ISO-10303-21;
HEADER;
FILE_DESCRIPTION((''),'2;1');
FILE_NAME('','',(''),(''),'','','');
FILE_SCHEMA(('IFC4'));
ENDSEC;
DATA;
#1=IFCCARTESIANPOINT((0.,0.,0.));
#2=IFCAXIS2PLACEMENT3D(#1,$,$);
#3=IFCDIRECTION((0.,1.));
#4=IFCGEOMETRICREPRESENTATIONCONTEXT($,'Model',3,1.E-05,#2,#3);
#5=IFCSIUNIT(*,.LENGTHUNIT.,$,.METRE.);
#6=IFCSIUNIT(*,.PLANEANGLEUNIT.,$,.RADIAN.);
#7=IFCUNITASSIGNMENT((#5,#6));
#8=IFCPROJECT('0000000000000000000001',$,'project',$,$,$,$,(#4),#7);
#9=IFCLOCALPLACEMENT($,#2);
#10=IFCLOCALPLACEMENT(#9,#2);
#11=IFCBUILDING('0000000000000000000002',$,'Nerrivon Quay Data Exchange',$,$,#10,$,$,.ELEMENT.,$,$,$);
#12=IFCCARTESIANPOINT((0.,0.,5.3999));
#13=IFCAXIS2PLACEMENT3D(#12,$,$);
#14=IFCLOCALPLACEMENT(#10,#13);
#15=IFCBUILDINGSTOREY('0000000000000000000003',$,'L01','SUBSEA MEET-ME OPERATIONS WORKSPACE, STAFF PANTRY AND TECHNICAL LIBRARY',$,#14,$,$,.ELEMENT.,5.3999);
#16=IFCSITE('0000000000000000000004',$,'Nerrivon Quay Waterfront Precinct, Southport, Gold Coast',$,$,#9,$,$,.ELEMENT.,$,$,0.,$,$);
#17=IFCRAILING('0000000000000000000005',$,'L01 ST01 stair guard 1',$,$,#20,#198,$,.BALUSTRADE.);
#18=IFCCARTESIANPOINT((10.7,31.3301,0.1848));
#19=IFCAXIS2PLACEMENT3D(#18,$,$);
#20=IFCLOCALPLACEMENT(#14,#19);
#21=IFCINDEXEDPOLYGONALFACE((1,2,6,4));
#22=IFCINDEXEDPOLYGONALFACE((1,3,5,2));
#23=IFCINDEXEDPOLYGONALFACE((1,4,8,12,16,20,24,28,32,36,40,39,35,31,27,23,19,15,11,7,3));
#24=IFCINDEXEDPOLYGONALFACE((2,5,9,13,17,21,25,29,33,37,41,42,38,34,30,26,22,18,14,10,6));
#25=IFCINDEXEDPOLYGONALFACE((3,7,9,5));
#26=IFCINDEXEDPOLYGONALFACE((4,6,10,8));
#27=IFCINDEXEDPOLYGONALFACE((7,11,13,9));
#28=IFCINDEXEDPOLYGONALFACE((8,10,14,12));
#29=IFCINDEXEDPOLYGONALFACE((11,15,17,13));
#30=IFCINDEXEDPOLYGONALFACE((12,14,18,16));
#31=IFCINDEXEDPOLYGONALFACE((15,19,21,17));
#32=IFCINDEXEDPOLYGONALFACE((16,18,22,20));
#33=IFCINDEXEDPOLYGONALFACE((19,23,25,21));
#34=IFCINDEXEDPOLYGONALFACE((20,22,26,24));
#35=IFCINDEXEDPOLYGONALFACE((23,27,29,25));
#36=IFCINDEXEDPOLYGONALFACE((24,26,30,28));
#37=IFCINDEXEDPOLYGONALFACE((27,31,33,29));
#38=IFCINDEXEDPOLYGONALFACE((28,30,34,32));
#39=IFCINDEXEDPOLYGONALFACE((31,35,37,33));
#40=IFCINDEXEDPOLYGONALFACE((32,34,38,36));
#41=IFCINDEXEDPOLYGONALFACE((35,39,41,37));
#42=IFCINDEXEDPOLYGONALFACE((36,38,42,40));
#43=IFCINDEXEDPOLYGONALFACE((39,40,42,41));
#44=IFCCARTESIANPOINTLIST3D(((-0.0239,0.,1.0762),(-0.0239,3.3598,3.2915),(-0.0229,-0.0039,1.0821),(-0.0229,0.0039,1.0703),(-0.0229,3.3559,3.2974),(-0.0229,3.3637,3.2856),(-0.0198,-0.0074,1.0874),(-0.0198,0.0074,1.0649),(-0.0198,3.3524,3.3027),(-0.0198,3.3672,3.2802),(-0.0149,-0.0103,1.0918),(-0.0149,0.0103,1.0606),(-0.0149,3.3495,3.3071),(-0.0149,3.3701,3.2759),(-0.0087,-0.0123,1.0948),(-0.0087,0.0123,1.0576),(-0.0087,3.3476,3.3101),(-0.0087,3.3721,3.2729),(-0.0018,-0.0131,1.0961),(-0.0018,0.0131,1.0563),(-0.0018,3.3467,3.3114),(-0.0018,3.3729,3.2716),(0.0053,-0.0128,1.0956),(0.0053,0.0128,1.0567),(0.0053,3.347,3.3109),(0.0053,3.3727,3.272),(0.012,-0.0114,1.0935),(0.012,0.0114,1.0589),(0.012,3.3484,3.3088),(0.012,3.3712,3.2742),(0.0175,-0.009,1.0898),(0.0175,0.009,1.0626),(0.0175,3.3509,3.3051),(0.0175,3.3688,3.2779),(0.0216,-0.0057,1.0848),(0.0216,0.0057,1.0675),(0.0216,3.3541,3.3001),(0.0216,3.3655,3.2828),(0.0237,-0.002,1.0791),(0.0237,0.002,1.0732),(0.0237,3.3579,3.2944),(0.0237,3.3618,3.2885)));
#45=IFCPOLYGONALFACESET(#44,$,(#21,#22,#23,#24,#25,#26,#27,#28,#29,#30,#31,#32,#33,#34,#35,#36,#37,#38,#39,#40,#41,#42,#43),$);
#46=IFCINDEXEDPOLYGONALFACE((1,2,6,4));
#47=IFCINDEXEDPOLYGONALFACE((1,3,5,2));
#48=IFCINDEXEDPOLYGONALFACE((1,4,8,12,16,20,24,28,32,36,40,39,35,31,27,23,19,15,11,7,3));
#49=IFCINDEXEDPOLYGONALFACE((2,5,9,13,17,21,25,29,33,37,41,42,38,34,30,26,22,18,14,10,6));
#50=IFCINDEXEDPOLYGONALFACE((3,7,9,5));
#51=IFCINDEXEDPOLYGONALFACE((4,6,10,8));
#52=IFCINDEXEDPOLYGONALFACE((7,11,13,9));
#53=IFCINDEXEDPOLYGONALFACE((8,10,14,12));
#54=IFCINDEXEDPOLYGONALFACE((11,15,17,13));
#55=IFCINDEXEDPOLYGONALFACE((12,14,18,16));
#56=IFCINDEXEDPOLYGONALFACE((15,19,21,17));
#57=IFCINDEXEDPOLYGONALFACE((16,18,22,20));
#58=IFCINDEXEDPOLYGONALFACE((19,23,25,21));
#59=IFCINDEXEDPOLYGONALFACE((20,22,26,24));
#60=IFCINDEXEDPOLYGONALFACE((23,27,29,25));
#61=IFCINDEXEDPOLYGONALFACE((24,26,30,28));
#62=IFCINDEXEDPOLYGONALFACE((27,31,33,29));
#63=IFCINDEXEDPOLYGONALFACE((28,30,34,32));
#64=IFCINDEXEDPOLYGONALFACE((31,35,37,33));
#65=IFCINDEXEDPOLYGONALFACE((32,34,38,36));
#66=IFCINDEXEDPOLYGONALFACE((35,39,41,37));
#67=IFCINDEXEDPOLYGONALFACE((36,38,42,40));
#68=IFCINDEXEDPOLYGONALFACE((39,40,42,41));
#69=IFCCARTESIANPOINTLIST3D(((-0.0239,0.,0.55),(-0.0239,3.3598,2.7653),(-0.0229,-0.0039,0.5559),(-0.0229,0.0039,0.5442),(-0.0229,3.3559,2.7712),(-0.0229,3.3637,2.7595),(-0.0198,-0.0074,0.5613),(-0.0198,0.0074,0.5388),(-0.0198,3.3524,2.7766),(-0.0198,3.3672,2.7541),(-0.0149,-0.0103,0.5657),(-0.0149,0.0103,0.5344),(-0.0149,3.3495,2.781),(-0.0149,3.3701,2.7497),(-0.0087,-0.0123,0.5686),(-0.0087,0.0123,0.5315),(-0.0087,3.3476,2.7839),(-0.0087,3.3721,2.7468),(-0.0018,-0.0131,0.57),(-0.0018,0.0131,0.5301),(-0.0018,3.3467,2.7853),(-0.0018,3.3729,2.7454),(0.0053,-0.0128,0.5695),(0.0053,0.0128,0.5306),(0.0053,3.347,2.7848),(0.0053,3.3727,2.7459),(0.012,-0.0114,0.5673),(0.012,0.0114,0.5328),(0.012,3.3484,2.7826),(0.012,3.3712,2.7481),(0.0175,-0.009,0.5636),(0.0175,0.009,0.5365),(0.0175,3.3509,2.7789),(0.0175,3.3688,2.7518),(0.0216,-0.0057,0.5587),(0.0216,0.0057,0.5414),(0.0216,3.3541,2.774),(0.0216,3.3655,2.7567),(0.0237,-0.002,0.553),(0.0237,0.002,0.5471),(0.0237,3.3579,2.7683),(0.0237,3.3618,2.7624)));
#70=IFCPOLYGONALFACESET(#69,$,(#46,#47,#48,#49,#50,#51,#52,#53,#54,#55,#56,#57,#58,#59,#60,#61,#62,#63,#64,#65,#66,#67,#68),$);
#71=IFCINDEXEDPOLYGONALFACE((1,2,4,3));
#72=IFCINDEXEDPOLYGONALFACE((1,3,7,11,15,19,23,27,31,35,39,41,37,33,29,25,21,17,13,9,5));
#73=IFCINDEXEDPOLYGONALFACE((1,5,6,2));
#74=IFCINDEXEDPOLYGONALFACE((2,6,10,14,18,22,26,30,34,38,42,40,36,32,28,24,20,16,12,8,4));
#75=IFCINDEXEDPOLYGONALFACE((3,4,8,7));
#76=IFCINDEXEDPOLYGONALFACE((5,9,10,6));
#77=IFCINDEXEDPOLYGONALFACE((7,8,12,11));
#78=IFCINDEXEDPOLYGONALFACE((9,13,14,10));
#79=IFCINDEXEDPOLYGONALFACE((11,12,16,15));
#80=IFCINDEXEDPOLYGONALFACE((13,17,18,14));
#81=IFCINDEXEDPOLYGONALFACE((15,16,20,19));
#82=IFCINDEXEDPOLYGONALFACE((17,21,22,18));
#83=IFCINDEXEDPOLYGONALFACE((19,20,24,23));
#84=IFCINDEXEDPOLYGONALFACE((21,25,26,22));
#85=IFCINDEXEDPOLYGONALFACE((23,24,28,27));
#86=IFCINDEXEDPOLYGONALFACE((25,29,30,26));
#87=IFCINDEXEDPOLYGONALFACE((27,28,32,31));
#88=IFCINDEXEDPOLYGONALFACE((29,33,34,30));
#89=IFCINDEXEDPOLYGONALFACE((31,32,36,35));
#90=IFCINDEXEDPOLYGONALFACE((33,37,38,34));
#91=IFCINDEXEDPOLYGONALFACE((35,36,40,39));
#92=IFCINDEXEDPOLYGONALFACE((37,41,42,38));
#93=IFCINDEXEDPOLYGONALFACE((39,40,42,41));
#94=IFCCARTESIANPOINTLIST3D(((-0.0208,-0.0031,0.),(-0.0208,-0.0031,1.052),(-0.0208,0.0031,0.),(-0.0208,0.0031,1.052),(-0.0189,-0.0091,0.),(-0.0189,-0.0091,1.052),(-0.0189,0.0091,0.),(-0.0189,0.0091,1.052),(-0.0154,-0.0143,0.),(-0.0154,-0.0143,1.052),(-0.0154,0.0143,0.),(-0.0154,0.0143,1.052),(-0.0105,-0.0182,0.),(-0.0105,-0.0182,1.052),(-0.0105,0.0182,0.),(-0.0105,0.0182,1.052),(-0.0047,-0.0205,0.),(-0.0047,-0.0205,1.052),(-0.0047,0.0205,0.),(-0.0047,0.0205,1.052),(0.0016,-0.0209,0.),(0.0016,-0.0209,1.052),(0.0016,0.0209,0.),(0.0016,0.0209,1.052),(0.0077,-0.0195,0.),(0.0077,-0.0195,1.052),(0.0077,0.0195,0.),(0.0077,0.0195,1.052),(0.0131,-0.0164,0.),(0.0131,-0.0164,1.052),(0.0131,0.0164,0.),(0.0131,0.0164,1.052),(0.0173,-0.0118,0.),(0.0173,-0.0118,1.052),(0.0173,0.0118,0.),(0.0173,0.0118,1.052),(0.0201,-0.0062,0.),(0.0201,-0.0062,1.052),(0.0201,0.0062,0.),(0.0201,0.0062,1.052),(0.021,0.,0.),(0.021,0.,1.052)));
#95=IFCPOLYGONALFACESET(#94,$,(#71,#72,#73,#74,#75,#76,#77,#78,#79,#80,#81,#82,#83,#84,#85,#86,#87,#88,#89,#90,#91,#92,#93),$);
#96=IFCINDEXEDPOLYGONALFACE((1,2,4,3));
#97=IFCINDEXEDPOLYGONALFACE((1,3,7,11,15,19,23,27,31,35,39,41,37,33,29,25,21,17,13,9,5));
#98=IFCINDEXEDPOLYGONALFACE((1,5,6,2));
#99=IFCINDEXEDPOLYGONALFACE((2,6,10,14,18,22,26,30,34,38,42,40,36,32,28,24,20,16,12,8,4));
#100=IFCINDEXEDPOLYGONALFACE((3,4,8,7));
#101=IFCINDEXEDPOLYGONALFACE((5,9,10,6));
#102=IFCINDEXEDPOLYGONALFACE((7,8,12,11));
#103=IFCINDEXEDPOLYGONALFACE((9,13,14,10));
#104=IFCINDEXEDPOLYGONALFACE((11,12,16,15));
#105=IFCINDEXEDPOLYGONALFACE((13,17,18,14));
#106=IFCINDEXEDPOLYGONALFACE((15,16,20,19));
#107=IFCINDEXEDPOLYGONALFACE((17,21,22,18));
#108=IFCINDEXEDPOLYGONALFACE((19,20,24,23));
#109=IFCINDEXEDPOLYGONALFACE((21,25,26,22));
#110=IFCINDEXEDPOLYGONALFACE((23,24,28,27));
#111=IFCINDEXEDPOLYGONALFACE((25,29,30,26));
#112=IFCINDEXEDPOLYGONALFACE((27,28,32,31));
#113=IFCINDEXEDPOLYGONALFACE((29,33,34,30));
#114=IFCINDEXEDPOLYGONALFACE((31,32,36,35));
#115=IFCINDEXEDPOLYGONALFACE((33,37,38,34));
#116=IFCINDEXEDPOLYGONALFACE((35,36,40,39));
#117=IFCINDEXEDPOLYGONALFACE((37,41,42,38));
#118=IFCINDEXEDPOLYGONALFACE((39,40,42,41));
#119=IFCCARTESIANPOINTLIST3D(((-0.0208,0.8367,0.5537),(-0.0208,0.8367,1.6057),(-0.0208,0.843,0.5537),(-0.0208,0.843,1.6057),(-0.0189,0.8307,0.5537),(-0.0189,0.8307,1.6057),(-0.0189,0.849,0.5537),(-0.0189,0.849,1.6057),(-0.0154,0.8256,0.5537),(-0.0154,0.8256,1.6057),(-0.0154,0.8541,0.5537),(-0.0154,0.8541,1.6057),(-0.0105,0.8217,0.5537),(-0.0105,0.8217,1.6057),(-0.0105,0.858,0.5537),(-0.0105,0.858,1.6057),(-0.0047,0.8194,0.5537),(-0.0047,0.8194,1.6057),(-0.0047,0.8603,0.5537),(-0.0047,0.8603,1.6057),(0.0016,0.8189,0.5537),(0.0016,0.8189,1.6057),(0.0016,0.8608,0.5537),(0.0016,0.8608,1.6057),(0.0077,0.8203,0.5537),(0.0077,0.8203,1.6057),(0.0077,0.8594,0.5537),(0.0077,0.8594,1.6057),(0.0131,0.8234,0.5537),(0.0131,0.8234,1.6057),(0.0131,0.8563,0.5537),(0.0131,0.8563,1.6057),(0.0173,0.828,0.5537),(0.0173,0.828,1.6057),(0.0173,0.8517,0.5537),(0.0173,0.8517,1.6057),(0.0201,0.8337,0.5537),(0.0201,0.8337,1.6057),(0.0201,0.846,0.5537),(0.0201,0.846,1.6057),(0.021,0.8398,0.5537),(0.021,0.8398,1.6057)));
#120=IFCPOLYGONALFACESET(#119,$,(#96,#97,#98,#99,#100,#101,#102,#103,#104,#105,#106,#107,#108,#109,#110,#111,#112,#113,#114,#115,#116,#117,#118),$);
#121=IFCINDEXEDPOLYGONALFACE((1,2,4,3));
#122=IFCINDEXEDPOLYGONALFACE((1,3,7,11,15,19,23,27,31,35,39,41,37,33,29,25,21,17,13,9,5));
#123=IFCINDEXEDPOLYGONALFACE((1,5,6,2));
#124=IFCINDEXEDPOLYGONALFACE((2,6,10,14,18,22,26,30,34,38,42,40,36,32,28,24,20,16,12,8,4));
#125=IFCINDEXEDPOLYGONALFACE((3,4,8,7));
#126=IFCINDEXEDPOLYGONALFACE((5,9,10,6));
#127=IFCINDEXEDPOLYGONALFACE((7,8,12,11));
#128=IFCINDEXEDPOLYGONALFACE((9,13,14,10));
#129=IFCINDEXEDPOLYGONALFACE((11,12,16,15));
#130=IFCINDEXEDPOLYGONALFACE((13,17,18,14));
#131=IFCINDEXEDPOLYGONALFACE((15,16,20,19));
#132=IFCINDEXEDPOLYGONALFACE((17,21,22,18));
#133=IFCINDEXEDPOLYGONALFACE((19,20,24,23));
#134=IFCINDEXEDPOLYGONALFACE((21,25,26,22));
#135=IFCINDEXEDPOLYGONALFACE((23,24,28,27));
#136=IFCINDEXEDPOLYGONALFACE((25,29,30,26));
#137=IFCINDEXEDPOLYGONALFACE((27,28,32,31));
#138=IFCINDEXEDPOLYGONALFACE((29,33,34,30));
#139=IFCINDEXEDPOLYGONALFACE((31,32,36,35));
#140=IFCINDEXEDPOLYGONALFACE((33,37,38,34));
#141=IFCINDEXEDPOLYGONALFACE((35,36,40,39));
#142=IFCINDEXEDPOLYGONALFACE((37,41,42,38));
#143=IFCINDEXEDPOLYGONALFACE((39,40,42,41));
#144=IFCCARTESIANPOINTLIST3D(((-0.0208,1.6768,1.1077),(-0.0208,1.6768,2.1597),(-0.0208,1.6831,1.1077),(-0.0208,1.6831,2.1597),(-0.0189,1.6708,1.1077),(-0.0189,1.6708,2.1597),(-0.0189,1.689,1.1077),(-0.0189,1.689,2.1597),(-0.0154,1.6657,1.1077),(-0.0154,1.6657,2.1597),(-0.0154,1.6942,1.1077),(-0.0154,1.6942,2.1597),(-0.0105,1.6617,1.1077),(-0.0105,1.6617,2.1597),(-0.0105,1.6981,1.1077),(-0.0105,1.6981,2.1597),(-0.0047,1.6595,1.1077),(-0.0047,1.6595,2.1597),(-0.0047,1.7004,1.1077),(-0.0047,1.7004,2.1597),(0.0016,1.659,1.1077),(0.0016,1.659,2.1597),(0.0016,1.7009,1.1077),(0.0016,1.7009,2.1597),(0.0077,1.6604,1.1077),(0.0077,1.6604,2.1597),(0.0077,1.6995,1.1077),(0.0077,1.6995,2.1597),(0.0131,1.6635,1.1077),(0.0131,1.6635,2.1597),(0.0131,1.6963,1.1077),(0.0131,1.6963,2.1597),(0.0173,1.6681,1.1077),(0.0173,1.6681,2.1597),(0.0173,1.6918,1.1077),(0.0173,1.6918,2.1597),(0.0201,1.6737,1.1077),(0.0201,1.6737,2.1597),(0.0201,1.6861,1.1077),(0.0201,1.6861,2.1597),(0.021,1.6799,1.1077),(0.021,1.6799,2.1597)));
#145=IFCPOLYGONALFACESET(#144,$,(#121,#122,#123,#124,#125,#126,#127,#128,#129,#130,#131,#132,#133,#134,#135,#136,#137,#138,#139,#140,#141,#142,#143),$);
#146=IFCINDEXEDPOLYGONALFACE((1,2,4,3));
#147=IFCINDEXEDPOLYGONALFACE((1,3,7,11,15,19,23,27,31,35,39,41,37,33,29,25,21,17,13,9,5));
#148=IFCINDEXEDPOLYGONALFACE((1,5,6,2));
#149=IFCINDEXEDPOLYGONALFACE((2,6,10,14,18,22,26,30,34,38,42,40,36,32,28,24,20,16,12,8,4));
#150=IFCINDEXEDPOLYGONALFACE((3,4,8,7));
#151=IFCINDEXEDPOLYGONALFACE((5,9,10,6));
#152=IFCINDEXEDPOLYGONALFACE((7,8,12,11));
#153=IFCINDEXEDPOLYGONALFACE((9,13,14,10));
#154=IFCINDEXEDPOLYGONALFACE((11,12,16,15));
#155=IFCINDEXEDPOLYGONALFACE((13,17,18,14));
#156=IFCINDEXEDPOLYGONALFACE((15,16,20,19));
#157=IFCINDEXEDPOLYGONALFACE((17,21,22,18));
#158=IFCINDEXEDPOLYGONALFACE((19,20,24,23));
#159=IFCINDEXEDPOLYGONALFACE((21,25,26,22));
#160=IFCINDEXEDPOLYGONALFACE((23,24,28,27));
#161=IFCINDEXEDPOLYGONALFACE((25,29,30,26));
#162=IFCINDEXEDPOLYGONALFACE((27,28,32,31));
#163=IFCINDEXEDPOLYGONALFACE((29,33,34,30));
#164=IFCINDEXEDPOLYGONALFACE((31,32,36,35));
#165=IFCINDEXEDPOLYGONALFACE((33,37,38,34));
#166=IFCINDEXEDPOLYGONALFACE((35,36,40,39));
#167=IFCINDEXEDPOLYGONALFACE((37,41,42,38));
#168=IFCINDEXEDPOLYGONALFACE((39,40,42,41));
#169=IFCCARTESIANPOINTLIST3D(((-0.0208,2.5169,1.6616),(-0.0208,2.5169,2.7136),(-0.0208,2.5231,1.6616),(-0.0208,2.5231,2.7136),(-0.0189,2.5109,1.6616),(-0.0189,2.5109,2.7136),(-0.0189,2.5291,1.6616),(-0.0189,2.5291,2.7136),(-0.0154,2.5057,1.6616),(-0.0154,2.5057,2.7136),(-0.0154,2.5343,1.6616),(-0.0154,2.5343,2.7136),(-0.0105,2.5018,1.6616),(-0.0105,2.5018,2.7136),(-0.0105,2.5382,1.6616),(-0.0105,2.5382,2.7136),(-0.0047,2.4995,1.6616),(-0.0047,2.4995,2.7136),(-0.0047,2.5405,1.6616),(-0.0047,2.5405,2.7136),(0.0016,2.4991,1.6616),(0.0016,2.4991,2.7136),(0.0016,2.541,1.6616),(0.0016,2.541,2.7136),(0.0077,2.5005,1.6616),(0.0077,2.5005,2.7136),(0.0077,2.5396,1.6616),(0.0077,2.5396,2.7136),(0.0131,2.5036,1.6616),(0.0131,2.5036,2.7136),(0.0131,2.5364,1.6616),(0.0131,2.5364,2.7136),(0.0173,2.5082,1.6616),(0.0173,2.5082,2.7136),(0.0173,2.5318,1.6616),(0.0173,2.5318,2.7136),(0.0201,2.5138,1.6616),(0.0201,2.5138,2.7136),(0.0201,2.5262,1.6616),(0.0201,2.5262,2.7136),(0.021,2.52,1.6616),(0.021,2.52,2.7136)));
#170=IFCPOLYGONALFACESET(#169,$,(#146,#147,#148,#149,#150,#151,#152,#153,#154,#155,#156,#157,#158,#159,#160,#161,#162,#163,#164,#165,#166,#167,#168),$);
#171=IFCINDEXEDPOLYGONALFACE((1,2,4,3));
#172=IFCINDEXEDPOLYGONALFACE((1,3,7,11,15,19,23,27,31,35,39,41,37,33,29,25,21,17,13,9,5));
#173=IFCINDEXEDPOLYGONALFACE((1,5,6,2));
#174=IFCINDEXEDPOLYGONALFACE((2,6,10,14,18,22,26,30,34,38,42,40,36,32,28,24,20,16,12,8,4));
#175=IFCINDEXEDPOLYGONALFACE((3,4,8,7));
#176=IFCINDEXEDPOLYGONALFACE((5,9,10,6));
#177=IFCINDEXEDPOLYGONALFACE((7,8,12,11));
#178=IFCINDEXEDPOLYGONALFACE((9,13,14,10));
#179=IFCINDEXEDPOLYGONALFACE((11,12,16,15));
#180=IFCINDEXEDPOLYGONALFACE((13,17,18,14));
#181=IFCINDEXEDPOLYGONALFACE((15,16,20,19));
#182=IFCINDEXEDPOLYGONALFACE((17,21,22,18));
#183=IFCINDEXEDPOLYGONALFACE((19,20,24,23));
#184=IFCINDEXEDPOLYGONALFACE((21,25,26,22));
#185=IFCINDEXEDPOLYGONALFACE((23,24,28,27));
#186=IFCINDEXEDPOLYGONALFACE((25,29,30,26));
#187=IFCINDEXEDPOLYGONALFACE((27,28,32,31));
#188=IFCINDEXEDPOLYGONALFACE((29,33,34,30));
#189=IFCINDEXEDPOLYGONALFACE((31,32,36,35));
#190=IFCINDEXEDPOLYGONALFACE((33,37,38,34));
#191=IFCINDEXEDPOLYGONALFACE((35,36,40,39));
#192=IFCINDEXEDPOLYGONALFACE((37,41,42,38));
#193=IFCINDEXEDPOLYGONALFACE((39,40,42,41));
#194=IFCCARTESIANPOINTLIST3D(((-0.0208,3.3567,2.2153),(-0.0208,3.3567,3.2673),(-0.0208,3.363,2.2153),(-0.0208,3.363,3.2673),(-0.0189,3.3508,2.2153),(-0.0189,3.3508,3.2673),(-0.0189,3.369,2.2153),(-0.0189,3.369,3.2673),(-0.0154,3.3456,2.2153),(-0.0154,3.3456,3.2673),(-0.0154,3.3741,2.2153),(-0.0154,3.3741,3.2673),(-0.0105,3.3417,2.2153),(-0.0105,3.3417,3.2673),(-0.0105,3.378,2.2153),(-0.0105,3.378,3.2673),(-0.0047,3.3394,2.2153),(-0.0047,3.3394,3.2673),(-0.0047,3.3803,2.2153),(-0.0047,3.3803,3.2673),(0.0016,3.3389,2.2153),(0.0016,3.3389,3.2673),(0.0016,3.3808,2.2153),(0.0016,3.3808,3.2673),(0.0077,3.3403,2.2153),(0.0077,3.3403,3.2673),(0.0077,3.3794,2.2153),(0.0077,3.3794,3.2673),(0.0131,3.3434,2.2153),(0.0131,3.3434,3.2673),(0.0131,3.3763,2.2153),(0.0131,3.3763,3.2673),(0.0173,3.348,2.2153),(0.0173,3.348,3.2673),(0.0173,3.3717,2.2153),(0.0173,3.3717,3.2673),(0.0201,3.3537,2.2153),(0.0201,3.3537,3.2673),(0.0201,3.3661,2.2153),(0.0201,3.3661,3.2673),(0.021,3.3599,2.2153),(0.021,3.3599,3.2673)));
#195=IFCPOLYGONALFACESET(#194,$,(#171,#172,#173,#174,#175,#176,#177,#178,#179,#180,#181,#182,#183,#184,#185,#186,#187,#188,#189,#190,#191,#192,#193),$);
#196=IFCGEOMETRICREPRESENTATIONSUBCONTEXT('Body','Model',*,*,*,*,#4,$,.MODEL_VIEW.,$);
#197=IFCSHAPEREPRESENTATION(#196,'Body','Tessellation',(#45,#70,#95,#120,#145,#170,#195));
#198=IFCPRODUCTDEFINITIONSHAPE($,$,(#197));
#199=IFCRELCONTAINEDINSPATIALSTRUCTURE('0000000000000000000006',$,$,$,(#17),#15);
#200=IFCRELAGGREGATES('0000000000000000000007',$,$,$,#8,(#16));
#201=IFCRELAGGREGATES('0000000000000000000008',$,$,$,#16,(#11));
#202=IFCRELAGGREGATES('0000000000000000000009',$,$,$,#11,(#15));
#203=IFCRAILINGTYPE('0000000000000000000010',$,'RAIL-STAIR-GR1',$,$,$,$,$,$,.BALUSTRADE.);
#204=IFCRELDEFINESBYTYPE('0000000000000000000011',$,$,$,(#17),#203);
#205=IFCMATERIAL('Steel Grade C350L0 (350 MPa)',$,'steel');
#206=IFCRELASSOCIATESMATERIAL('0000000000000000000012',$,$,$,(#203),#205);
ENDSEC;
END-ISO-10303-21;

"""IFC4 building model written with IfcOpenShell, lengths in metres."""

from ifc_helpers import new_model, si_unit, direction, frame, origin, origin_2d, place, context, subcontext, project, spatial, circle, extrude, material, type_object, element, save


model = new_model("IFC4")

# Units and contexts
model_context = context("Model", 3, precision=1e-05, world=origin(), true_north=direction((0.0, 1.0)))
body_context = subcontext(model_context, "Body", "Model", "MODEL_VIEW")
ifc_project = project(units=[si_unit("LENGTHUNIT", "METRE"), si_unit("PLANEANGLEUNIT", "RADIAN")], contexts=[model_context])

# Site, building, storey
site_placement = place(None, origin())
site = spatial("IfcSite", under=ifc_project, at=site_placement, Name="Nerrivon Quay Waterfront Precinct, Southport, Gold Coast", CompositionType="ELEMENT", RefElevation=0.0)
building_placement = place(site_placement, origin())
building = spatial("IfcBuilding", under=site, at=building_placement, Name="Nerrivon Quay Data Exchange", CompositionType="ELEMENT")
storey_placement = place(building_placement, frame((0.0, 0.0, 5.3999)))
storey = spatial("IfcBuildingStorey", under=building, at=storey_placement, Name="L01", Description="SUBSEA MEET-ME OPERATIONS WORKSPACE, STAFF PANTRY AND TECHNICAL LIBRARY", CompositionType="ELEMENT", Elevation=5.3999)

# Railing
ifc_material_1 = material(Name="Steel Grade C350L0 (350 MPa)", Category="steel")
railing_type_1 = type_object("IfcRailingType", Name="RAIL-STAIR-GR1", PredefinedType="BALUSTRADE", material=ifc_material_1)
railing_1_placement = place(storey_placement, frame((10.7, 31.3301, 0.1848)))
element("IfcRailing", 1, at=railing_1_placement, inside=storey, type_object=railing_type_1, Name="L01 ST01 stair guard 1", PredefinedType="BALUSTRADE", context=body_context, shape_type="SweptSolid", body=[
    extrude(circle(Radius=0.0239, at=origin_2d()), frame((0.0, 0.0, 1.0762), z_axis=(0.0, 0.834858, 0.550465), x_axis=(-1.0, 0.0, 0.0)), (0.0, 0.0, 1.0), 4.0244),
    extrude(circle(Radius=0.0239, at=origin_2d()), frame((0.0, 0.0, 0.55), z_axis=(0.0, 0.834858, 0.550465), x_axis=(-1.0, 0.0, 0.0)), (0.0, 0.0, 1.0), 4.0244),
    extrude(circle(Radius=0.021, at=origin_2d()), origin(), (0.0, 0.0, 1.0), 1.052),
    extrude(circle(Radius=0.021, at=origin_2d()), frame((0.0, 0.8398, 0.5537)), (0.0, 0.0, 1.0), 1.052),
    extrude(circle(Radius=0.021, at=origin_2d()), frame((0.0, 1.6799, 1.1077)), (0.0, 0.0, 1.0), 1.052),
    extrude(circle(Radius=0.021, at=origin_2d()), frame((0.0, 2.52, 1.6616)), (0.0, 0.0, 1.0), 1.052),
    extrude(circle(Radius=0.021, at=origin_2d()), frame((0.0, 3.3599, 2.2153)), (0.0, 0.0, 1.0), 1.052),
])

save(model, "model.ifc")
